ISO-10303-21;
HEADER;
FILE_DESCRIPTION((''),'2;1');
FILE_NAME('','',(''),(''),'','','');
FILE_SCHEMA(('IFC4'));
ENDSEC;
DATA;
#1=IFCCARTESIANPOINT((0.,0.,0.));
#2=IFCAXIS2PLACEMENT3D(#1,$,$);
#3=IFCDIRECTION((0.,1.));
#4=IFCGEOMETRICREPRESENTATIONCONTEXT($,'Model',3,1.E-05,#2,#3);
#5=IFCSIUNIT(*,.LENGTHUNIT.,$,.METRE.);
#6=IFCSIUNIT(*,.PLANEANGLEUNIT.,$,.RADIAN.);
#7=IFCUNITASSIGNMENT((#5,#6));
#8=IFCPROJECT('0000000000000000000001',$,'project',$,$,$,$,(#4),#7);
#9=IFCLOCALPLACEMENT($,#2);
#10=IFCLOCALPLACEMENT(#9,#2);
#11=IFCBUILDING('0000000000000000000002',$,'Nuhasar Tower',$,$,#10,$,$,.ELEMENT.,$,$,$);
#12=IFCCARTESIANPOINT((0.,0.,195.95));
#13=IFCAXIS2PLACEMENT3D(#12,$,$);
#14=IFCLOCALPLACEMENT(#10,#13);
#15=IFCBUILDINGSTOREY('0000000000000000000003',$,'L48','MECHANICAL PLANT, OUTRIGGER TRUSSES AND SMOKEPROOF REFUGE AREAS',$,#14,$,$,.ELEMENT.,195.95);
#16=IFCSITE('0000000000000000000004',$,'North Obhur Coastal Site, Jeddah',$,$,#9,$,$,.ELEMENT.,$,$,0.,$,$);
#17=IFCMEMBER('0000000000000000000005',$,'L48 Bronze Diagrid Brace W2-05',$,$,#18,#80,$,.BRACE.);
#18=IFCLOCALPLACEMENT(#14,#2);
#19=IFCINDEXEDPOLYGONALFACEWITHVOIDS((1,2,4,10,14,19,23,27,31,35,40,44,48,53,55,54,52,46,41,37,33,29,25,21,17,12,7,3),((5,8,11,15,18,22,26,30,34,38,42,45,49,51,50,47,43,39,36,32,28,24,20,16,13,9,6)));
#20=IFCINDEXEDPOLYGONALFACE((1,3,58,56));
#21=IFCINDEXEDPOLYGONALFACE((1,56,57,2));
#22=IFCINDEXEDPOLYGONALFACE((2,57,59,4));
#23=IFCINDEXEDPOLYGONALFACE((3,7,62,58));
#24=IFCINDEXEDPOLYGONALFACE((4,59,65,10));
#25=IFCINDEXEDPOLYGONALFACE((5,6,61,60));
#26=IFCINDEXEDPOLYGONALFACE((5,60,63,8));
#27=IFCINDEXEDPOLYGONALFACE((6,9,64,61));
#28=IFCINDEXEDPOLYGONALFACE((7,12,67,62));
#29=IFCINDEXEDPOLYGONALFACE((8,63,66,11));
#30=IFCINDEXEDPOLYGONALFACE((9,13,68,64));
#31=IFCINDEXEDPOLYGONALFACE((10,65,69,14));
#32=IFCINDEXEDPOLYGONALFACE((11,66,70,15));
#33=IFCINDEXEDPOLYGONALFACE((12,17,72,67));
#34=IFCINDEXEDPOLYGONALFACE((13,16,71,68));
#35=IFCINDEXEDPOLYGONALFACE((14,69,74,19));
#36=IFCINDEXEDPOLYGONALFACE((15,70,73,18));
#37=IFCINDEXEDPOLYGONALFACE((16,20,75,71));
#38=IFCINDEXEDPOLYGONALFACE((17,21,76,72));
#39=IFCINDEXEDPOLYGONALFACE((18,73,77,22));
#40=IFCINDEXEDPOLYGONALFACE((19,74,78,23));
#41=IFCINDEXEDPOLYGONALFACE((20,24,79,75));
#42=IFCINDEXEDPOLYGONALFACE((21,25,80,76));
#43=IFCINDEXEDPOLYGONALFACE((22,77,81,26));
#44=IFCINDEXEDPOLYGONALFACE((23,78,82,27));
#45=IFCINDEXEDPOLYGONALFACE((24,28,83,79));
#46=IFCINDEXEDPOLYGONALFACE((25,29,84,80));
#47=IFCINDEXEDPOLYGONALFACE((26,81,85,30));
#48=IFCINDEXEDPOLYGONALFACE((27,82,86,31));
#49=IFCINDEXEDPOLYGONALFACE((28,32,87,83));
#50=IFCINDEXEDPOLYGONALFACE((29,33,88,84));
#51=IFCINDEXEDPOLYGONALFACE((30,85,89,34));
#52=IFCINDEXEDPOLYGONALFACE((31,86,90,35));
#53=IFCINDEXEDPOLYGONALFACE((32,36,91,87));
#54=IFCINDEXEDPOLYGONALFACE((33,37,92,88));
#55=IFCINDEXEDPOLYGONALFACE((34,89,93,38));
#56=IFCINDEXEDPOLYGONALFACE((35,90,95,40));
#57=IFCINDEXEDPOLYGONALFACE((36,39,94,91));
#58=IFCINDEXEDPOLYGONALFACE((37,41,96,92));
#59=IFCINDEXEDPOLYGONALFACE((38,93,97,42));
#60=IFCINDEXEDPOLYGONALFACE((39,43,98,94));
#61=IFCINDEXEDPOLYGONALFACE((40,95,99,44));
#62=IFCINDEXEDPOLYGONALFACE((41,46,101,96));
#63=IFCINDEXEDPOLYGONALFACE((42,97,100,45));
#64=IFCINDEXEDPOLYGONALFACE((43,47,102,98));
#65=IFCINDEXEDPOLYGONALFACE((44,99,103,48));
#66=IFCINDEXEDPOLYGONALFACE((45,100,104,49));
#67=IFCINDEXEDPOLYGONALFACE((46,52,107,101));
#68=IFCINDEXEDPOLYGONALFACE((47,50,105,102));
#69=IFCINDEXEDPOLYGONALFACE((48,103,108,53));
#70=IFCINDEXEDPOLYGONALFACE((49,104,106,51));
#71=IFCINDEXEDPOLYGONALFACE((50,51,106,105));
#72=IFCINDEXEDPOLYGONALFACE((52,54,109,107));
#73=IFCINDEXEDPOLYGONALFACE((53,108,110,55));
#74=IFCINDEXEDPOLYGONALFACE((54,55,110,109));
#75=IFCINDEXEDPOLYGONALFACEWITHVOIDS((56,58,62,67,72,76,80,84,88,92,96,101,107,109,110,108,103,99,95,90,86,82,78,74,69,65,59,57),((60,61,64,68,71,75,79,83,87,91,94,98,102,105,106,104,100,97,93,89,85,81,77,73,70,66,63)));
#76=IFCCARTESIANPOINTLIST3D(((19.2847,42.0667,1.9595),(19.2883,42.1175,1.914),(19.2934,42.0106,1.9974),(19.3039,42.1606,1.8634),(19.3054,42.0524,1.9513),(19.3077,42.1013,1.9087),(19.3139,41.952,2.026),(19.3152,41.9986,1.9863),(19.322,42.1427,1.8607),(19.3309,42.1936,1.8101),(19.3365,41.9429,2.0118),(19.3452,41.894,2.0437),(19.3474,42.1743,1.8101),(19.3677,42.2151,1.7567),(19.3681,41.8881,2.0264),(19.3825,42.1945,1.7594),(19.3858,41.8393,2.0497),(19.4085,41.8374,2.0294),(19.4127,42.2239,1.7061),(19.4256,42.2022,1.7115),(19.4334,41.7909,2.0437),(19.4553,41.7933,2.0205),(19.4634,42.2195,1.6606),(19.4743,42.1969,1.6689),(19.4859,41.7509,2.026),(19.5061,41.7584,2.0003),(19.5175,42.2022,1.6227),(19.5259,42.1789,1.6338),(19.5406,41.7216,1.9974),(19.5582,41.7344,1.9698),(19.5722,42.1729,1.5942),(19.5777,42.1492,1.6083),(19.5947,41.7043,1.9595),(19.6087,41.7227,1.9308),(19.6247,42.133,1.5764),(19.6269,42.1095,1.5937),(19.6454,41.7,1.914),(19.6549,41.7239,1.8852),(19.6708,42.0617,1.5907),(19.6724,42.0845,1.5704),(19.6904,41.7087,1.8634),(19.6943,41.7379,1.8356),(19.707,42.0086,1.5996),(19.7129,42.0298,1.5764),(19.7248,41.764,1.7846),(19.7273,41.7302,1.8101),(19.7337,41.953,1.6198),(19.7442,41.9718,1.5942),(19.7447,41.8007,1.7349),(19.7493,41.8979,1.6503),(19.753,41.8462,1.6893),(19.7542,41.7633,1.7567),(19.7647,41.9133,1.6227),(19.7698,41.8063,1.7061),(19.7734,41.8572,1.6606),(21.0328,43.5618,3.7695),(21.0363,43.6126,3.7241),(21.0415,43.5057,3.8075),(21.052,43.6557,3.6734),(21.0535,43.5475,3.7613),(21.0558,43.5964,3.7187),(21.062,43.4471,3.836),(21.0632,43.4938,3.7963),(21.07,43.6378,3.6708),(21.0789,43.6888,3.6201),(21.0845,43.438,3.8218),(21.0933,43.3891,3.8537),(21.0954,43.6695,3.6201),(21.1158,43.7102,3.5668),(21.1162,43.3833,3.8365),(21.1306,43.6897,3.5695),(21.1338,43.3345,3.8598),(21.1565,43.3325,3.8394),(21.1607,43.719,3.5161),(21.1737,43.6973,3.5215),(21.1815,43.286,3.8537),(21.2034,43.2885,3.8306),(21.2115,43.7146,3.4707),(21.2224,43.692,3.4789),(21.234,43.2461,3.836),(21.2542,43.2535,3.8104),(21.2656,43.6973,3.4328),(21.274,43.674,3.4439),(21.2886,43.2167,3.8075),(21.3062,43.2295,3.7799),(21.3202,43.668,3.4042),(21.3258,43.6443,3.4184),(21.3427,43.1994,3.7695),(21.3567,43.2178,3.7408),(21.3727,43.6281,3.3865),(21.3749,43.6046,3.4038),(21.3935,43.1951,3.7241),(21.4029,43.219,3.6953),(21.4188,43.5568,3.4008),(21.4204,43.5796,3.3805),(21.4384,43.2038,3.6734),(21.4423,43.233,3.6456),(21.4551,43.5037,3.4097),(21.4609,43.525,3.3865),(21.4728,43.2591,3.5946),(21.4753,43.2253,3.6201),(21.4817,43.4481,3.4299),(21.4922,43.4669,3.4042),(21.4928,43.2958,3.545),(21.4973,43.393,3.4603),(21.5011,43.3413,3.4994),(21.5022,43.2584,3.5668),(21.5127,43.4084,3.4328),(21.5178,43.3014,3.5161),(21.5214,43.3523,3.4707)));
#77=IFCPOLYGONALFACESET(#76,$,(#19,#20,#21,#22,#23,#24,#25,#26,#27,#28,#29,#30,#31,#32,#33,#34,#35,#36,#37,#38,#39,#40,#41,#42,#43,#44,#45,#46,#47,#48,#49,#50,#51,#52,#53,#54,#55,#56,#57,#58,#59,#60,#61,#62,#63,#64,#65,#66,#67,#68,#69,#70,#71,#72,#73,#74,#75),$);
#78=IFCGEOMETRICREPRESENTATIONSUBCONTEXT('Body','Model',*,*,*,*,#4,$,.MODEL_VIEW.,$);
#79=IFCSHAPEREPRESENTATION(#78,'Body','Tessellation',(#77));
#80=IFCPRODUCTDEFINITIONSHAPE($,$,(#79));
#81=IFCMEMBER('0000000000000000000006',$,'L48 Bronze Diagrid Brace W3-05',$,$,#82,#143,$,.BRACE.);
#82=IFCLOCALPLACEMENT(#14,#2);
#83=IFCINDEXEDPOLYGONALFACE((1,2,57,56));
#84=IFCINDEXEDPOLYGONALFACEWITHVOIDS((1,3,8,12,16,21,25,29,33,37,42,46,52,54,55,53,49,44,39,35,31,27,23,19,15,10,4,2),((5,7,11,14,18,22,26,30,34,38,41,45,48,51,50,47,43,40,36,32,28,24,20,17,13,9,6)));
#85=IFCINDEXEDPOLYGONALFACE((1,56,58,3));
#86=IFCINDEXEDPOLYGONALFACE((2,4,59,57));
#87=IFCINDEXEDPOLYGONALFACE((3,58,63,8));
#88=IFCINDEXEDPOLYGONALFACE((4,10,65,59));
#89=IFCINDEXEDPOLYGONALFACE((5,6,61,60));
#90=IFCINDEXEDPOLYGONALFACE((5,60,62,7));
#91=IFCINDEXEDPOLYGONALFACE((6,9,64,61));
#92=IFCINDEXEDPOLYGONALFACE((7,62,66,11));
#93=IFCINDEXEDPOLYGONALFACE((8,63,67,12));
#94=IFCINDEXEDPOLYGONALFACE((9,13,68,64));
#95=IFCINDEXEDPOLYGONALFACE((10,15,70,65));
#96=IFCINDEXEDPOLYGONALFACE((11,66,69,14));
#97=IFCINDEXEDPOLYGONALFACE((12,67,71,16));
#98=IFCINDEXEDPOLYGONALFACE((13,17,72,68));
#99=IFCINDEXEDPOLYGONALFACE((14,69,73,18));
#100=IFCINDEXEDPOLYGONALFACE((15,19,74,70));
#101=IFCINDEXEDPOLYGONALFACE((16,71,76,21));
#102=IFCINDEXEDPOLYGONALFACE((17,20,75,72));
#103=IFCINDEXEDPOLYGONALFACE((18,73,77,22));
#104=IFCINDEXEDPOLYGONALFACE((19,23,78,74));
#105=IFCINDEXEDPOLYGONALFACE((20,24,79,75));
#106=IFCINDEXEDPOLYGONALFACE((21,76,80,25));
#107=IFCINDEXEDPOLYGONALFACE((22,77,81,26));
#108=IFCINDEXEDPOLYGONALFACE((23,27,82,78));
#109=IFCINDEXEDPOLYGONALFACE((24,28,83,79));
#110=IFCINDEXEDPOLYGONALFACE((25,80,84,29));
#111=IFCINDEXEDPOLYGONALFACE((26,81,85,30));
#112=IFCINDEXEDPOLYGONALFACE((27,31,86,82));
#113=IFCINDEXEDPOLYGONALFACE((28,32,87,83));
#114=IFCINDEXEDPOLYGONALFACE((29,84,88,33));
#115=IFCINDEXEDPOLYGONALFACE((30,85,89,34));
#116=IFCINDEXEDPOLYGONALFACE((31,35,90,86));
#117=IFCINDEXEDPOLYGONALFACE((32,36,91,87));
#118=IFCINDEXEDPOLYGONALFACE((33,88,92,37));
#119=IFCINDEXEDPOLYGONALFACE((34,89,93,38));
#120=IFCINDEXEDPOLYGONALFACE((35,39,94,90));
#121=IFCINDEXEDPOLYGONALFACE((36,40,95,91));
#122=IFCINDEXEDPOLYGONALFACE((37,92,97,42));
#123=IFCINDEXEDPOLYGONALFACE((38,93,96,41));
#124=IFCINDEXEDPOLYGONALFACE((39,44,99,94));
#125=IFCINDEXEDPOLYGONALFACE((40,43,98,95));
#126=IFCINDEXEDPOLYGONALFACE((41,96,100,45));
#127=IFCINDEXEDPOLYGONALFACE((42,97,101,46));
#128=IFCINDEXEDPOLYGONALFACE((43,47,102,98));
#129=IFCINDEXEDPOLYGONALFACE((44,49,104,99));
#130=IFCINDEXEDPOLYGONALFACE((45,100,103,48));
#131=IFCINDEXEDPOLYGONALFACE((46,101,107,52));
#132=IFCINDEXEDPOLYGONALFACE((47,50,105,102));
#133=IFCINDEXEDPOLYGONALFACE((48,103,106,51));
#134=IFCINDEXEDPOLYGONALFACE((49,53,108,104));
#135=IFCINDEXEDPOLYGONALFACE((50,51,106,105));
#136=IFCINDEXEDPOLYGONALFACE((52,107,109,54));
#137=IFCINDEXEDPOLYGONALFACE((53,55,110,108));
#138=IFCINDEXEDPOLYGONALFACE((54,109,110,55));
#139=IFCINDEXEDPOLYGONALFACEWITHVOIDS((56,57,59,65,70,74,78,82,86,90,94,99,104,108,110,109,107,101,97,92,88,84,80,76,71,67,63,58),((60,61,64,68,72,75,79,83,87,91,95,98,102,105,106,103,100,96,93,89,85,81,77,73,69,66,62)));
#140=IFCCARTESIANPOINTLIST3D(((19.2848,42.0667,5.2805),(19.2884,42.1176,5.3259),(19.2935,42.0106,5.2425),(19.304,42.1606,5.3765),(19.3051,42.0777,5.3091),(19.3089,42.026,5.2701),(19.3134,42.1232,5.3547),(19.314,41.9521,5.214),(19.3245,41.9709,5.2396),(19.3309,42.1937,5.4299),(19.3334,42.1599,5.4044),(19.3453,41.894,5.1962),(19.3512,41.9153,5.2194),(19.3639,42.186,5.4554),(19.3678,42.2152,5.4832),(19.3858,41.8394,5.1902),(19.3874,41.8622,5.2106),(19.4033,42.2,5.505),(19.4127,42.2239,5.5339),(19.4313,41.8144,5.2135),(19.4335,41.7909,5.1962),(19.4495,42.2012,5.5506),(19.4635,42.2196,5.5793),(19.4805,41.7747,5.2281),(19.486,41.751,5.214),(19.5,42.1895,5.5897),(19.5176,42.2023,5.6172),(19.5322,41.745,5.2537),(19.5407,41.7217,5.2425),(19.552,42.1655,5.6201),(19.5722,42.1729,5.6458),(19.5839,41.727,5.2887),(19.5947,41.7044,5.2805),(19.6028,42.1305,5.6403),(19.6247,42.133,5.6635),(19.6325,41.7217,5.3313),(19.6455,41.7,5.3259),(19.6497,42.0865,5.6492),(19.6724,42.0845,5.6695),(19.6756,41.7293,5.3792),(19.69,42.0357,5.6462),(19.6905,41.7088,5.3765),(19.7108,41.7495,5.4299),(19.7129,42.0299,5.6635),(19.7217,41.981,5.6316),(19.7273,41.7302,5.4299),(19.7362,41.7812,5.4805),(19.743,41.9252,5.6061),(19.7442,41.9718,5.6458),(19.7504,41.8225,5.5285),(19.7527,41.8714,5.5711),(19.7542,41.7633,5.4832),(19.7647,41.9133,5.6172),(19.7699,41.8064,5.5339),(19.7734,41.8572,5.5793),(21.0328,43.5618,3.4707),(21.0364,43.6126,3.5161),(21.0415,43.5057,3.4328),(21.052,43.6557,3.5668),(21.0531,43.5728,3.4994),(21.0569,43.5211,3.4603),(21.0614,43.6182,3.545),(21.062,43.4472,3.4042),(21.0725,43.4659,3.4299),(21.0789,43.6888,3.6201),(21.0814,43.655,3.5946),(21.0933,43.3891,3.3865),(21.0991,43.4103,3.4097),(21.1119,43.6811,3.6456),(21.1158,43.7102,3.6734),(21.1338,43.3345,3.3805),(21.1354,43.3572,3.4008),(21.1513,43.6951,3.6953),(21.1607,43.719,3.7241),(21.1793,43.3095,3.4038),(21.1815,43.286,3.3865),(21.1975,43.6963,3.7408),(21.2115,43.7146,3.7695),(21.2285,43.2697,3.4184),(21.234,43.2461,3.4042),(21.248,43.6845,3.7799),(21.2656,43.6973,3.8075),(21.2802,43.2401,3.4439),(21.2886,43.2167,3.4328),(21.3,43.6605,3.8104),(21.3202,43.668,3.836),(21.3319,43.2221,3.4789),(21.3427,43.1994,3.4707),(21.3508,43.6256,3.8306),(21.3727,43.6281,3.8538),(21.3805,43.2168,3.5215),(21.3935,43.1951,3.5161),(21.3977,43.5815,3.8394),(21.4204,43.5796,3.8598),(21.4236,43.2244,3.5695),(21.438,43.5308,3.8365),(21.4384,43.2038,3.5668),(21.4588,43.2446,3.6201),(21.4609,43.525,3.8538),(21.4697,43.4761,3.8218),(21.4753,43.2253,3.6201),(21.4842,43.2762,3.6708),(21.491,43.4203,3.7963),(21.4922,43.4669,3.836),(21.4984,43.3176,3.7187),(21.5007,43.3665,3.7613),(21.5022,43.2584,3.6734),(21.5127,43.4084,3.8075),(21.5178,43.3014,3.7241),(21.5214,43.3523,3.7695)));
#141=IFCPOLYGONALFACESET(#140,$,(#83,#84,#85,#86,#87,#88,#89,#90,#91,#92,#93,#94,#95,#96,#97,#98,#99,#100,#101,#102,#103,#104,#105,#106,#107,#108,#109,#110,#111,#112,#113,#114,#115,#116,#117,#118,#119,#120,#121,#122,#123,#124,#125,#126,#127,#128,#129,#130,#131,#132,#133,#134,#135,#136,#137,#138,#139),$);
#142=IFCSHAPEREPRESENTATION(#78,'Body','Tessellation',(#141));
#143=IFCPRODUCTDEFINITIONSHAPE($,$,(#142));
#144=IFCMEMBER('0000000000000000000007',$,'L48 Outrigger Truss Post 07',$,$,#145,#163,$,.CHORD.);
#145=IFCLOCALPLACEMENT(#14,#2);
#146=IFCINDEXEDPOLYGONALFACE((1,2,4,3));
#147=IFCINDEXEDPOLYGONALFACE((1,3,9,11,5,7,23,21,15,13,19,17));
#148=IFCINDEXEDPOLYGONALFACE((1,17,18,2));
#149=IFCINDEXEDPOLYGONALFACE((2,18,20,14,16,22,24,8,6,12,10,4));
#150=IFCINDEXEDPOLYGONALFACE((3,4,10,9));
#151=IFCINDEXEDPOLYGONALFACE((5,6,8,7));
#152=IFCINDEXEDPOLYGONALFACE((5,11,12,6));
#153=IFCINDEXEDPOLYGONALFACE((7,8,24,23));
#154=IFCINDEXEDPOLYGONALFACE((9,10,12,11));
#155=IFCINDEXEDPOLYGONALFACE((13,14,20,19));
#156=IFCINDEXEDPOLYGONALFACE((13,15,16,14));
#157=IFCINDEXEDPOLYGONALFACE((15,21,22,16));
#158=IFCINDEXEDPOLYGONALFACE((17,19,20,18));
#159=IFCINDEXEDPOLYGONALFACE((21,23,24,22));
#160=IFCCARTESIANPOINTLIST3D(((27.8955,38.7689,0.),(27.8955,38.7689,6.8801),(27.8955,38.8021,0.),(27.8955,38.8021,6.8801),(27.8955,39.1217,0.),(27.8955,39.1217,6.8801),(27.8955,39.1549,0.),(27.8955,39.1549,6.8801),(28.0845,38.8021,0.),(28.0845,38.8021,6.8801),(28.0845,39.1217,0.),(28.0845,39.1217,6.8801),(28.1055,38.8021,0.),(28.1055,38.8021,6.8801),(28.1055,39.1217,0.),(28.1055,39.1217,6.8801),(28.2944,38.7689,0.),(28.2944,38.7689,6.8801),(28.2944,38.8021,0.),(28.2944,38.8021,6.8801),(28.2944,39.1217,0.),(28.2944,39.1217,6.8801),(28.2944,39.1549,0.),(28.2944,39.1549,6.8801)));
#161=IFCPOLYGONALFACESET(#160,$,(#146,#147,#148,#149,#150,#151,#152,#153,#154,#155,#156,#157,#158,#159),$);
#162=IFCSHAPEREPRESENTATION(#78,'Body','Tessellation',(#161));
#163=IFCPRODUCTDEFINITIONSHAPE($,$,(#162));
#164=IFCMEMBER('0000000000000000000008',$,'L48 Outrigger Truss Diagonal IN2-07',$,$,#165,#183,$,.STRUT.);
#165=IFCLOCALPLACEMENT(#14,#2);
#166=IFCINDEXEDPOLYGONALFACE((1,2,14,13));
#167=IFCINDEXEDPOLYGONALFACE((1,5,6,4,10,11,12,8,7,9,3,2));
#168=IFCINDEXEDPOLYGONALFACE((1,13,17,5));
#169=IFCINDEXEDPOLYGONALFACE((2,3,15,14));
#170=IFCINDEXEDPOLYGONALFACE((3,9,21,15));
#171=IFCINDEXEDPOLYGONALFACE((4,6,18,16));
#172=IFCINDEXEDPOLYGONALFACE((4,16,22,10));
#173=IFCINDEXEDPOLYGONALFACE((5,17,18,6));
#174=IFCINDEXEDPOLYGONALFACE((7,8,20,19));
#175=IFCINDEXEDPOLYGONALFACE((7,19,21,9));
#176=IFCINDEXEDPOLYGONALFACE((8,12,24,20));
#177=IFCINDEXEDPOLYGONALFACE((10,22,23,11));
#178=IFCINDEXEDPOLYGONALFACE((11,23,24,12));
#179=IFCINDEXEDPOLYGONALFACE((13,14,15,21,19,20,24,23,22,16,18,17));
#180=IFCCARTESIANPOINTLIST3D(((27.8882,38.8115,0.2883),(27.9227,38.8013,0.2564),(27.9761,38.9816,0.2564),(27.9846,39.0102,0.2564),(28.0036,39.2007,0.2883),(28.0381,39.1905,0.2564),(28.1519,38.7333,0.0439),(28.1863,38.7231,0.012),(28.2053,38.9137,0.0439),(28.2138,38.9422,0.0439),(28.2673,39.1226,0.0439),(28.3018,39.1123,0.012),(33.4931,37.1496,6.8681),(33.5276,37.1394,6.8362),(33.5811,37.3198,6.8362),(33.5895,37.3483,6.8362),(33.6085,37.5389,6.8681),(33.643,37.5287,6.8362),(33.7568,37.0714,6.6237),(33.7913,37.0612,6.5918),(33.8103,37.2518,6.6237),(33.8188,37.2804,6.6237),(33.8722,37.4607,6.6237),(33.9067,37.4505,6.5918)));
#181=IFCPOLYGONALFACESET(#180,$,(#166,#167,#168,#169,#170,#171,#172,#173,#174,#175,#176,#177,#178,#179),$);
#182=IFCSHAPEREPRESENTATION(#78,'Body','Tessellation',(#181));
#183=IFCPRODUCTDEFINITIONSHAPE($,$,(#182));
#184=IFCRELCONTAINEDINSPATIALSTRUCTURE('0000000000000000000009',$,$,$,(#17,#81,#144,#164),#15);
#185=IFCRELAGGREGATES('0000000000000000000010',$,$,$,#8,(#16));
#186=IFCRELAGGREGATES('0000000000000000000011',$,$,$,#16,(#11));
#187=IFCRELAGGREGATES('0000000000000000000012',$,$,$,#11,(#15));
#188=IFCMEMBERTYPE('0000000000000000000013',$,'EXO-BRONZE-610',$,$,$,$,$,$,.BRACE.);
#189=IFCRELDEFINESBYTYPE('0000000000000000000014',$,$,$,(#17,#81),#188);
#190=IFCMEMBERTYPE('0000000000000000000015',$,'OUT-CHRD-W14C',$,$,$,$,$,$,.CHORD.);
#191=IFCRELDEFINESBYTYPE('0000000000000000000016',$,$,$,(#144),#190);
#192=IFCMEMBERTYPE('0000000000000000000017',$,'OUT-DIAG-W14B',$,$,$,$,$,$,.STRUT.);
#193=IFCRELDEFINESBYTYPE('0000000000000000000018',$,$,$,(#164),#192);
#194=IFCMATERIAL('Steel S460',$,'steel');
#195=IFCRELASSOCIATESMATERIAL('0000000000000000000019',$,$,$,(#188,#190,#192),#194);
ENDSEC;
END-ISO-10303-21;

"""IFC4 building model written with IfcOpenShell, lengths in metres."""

from ifc_helpers import new_model, si_unit, direction, frame, origin, origin_2d, place, context, subcontext, project, spatial, hollow_circle, i_section, extrude, material, material_profile, profile_set, type_object, element, save


model = new_model("IFC4")

# Units and contexts
model_context = context("Model", 3, precision=1e-05, world=origin(), true_north=direction((0.0, 1.0)))
body_context = subcontext(model_context, "Body", "Model", "MODEL_VIEW")
ifc_project = project(units=[si_unit("LENGTHUNIT", "METRE"), si_unit("PLANEANGLEUNIT", "RADIAN")], contexts=[model_context])

# Site, building, storey
site_placement = place(None, origin())
site = spatial("IfcSite", under=ifc_project, at=site_placement, Name="North Obhur Coastal Site, Jeddah", CompositionType="ELEMENT", RefElevation=0.0)
building_placement = place(site_placement, origin())
building = spatial("IfcBuilding", under=site, at=building_placement, Name="Nuhasar Tower", CompositionType="ELEMENT")
storey_placement = place(building_placement, frame((0.0, 0.0, 195.95)))
storey = spatial("IfcBuildingStorey", under=building, at=storey_placement, Name="L48", Description="MECHANICAL PLANT, OUTRIGGER TRUSSES AND SMOKEPROOF REFUGE AREAS", CompositionType="ELEMENT", Elevation=195.95)

# Shared definitions
ifc_material_1 = material(Name="Steel S460", Category="steel")

# Members
ifc_material_profile_1 = material_profile(ifc_material_1, hollow_circle(Radius=0.3049, WallThickness=0.0254, at=origin_2d()), Name="HSS610X25.4")
ifc_profile_set_1 = profile_set([ifc_material_profile_1], Name="Steel S460")
member_type_1 = type_object("IfcMemberType", Name="EXO-BRONZE-610", PredefinedType="BRACE", material=ifc_profile_set_1)
for number, where, z_axis, x_axis, name in (
    (1, (19.5291, 41.9619, 1.8101), (0.597214, 0.510801, 0.6184), (-0.649987, 0.759945, 0.0), "L48 Bronze Diagrid Brace W2-05"),
):
    element("IfcMember", number, at=place(storey_placement, frame(where, z_axis=z_axis, x_axis=x_axis)), inside=storey, type_object=member_type_1, Name=name, PredefinedType="BRACE", context=body_context, shape_type="SweptSolid", body=[
        extrude(hollow_circle(Radius=0.3049, WallThickness=0.0254, at=origin_2d()), origin(), (0.0, 0.0, 1.0), 2.927),
    ])
member_1_placement = place(storey_placement, frame((21.2771, 43.457, 3.6201), z_axis=(-0.597244, -0.510827, 0.618348), x_axis=(0.649987, -0.759945, 0.0)))
element("IfcMember", 2, at=member_1_placement, inside=storey, type_object=member_type_1, Name="L48 Bronze Diagrid Brace W3-05", PredefinedType="BRACE", context=body_context, shape_type="SweptSolid", body=[
    extrude(hollow_circle(Radius=0.3049, WallThickness=0.0254, at=origin_2d()), origin(), (0.0, 0.0, 1.0), 2.9268),
])
ifc_material_profile_2 = material_profile(ifc_material_1, i_section(OverallWidth=0.3989, OverallDepth=0.386, WebThickness=0.021, FlangeThickness=0.0332, at=origin_2d()), Name="W14X176")
ifc_profile_set_2 = profile_set([ifc_material_profile_2], Name="Steel S460")
member_type_2 = type_object("IfcMemberType", Name="OUT-CHRD-W14C", PredefinedType="CHORD", material=ifc_profile_set_2)
member_2_placement = place(storey_placement, frame((28.095, 38.9619, 0.0), z_axis=(0.0, 0.0, 1.0), x_axis=(1.0, 0.0, 0.0)))
element("IfcMember", 3, at=member_2_placement, inside=storey, type_object=member_type_2, Name="L48 Outrigger Truss Post 07", PredefinedType="CHORD", context=body_context, shape_type="SweptSolid", body=[
    extrude(i_section(OverallWidth=0.3989, OverallDepth=0.386, WebThickness=0.021, FlangeThickness=0.0332, at=origin_2d()), origin(), (0.0, 0.0, 1.0), 6.8801),
])
ifc_material_profile_3 = material_profile(ifc_material_1, i_section(OverallWidth=0.406, OverallDepth=0.416, WebThickness=0.0298, FlangeThickness=0.0481, at=origin_2d()), Name="W14X257")
ifc_profile_set_3 = profile_set([ifc_material_profile_3], Name="Steel S460")
member_type_3 = type_object("IfcMemberType", Name="OUT-DIAG-W14B", PredefinedType="STRUT", material=ifc_profile_set_3)
member_3_placement = place(storey_placement, frame((28.095, 38.9619, 0.1501), z_axis=(0.636799, -0.18881, 0.747555), x_axis=(0.284266, 0.958745, 0.0)))
element("IfcMember", 4, at=member_3_placement, inside=storey, type_object=member_type_3, Name="L48 Outrigger Truss Diagonal IN2-07", PredefinedType="STRUT", context=body_context, shape_type="SweptSolid", body=[
    extrude(i_section(OverallWidth=0.406, OverallDepth=0.416, WebThickness=0.0298, FlangeThickness=0.0481, at=origin_2d()), origin(), (0.0, 0.0, 1.0), 8.8018),
])

save(model, "model.ifc")
